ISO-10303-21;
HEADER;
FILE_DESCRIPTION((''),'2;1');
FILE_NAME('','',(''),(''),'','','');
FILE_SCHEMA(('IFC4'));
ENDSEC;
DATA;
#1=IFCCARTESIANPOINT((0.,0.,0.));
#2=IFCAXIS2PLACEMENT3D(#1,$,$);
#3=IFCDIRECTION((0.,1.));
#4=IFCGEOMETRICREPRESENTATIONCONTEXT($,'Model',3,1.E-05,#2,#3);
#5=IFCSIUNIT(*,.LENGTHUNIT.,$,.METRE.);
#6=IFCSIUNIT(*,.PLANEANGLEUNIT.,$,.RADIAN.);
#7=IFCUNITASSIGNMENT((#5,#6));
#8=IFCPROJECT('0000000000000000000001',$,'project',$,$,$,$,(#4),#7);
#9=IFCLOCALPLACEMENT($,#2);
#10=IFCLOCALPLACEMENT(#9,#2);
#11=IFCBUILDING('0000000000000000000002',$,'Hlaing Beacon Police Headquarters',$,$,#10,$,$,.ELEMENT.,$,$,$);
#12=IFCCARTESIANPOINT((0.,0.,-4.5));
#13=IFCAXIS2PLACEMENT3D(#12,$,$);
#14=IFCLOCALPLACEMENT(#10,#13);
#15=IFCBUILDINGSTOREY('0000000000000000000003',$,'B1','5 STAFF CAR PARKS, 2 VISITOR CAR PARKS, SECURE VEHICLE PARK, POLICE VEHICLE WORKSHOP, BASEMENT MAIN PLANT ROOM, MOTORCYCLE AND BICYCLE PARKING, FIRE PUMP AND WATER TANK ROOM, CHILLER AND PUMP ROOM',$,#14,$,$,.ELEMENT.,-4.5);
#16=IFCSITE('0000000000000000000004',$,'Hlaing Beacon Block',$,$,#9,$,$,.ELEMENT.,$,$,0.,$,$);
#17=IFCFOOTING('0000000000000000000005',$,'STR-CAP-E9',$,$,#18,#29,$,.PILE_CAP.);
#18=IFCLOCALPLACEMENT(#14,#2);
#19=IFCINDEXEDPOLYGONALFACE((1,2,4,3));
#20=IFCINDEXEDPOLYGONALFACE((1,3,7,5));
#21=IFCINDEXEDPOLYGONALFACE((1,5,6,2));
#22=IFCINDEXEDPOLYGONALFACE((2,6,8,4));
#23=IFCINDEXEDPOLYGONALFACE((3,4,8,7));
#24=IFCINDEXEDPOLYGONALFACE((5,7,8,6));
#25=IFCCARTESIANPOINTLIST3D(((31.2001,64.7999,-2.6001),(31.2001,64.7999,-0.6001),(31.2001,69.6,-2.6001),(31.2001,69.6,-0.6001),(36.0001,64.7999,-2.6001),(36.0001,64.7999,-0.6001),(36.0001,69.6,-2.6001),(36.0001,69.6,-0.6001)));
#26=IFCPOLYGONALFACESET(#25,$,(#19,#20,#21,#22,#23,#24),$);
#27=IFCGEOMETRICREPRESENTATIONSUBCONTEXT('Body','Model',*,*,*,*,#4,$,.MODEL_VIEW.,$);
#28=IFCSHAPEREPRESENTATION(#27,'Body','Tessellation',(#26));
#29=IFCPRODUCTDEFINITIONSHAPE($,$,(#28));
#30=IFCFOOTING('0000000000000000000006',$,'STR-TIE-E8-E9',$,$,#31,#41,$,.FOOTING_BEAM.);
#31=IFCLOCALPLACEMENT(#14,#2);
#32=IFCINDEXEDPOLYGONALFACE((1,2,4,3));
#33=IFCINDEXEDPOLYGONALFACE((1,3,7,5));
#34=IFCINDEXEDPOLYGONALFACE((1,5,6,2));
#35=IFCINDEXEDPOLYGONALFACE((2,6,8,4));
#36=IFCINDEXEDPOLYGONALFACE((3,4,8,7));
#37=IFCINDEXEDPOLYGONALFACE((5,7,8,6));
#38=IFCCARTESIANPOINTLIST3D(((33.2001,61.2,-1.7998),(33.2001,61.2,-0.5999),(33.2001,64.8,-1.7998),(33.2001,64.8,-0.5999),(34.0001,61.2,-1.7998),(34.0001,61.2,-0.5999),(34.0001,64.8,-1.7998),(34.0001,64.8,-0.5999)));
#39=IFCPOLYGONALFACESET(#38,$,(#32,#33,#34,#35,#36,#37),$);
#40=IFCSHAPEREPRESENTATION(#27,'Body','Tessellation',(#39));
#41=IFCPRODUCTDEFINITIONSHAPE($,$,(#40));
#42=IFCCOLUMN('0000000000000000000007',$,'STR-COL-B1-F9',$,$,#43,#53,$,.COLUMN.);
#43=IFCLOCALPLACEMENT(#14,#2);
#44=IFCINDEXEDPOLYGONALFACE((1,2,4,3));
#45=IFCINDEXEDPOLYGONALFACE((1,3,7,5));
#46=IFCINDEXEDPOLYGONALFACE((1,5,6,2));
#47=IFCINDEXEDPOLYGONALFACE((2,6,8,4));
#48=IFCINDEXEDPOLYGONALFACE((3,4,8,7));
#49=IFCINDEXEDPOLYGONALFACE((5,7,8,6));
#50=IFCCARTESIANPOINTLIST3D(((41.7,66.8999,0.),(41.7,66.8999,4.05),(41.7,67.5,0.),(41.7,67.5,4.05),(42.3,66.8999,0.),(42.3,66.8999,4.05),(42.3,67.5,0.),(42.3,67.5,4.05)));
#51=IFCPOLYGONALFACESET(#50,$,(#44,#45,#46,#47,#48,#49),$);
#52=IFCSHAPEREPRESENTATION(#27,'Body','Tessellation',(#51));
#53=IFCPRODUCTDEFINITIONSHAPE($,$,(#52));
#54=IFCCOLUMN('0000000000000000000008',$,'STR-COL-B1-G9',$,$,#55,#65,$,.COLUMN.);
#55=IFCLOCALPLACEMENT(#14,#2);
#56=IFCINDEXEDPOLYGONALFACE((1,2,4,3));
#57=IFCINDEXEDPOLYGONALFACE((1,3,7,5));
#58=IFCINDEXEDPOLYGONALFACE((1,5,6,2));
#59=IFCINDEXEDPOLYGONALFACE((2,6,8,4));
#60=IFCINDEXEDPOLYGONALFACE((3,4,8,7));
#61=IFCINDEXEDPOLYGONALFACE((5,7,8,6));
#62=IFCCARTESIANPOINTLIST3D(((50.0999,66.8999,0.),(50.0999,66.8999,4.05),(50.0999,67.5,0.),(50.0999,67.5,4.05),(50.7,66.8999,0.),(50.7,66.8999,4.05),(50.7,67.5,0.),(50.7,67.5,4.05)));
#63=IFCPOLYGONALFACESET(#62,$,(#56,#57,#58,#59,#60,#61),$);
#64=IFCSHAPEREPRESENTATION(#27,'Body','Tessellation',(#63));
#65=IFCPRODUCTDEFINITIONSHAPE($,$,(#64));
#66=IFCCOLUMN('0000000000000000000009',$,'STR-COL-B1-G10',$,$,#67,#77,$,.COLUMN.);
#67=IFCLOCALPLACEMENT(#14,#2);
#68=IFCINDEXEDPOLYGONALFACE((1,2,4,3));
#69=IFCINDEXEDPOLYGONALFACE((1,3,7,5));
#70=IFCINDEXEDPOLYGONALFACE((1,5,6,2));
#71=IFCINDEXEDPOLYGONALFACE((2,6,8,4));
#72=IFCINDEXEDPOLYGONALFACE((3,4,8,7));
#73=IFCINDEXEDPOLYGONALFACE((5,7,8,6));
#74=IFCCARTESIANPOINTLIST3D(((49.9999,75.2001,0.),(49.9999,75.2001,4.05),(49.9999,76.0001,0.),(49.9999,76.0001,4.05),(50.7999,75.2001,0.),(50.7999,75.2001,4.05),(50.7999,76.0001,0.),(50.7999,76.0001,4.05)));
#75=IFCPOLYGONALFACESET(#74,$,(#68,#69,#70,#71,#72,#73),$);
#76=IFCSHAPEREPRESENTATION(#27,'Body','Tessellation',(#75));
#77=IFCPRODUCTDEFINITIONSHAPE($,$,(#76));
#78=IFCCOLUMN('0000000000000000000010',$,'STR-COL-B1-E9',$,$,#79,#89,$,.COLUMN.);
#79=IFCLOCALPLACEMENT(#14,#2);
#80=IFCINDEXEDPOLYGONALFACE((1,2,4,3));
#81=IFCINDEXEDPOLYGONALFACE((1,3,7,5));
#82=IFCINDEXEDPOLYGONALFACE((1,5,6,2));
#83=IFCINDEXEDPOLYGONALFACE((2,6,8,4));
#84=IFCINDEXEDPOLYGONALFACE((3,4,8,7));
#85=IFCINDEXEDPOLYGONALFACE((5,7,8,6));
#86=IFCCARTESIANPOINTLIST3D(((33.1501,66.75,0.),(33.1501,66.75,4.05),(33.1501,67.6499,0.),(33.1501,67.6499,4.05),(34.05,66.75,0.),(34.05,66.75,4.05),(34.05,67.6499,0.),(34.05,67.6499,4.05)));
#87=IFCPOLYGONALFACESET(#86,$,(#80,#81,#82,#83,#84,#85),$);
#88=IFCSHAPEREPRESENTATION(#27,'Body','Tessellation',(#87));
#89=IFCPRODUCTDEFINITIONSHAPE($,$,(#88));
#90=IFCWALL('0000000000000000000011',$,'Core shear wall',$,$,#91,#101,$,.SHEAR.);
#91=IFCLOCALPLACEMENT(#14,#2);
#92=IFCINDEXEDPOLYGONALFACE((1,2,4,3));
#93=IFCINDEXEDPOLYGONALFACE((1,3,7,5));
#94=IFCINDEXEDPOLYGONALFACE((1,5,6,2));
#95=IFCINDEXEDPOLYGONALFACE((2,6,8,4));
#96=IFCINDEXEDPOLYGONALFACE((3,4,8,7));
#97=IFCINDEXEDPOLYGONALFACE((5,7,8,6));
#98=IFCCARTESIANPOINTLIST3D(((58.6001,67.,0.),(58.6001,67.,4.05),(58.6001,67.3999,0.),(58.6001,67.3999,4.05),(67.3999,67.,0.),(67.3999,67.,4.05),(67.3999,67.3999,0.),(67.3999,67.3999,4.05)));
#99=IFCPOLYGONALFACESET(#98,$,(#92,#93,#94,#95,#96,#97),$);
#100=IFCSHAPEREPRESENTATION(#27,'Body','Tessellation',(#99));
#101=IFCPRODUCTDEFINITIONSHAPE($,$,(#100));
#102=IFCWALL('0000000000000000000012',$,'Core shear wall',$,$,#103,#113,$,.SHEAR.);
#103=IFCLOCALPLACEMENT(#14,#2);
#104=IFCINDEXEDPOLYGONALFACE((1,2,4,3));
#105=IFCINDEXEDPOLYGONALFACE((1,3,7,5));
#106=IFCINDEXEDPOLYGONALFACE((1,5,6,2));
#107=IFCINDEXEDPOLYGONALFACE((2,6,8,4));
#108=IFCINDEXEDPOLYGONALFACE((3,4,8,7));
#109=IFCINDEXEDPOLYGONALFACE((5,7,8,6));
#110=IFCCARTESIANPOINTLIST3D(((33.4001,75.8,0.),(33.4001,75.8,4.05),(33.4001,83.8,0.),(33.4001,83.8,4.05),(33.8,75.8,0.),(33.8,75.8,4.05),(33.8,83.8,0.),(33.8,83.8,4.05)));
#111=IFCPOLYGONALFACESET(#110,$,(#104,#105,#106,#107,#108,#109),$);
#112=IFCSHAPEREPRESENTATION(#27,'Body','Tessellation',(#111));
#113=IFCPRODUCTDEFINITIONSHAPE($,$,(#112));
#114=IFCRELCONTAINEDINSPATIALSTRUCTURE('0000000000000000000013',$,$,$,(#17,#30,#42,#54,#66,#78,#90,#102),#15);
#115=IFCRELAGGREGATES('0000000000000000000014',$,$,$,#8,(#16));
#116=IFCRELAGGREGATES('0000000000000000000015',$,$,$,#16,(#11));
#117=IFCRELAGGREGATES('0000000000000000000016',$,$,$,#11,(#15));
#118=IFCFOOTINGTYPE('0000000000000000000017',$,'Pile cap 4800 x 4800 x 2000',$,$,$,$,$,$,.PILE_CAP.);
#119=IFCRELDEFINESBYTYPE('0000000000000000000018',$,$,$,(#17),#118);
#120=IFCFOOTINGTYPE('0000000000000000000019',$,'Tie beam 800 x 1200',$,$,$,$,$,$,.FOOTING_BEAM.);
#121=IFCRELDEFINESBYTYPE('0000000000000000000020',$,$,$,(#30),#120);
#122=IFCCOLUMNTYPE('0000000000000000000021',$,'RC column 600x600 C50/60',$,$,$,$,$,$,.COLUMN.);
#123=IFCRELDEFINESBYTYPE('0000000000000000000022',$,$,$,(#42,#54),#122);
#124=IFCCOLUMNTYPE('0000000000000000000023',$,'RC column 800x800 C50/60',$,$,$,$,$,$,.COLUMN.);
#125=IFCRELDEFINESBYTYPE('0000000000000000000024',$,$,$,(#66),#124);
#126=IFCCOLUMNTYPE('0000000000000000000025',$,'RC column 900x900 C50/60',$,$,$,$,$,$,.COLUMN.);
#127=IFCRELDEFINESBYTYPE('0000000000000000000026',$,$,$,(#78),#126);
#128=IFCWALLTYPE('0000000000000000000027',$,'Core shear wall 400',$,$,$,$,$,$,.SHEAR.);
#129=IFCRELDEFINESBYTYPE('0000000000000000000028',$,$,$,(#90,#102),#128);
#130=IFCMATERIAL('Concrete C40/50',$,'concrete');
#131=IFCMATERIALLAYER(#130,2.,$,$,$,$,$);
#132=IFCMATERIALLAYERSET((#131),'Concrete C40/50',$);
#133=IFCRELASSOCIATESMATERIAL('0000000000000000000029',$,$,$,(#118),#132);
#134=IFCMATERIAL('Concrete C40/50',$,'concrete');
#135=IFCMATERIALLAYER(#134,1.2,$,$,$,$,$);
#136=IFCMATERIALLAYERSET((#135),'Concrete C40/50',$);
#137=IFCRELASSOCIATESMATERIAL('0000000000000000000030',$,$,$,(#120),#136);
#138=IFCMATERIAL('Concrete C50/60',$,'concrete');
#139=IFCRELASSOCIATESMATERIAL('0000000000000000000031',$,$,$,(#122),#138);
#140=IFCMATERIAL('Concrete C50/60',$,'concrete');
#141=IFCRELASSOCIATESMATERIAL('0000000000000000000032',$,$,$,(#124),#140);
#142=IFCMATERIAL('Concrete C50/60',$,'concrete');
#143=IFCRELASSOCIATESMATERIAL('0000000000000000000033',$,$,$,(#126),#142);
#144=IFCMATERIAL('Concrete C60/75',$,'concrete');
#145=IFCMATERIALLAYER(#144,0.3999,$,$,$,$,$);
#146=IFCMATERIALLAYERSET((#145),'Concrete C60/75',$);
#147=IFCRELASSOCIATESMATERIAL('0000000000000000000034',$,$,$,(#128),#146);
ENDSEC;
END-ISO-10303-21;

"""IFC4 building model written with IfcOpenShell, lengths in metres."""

from ifc_helpers import new_model, si_unit, direction, frame, frame_2d, origin, origin_2d, place, context, subcontext, project, spatial, rectangle, extrude, material, layer, layer_set, material_profile, profile_set, type_object, element, save


model = new_model("IFC4")

# Units and contexts
model_context = context("Model", 3, precision=1e-05, world=origin(), true_north=direction((0.0, 1.0)))
body_context = subcontext(model_context, "Body", "Model", "MODEL_VIEW")
ifc_project = project(units=[si_unit("LENGTHUNIT", "METRE"), si_unit("PLANEANGLEUNIT", "RADIAN")], contexts=[model_context])

# Site, building, storey
site_placement = place(None, origin())
site = spatial("IfcSite", under=ifc_project, at=site_placement, Name="Hlaing Beacon Block", CompositionType="ELEMENT", RefElevation=0.0)
building_placement = place(site_placement, origin())
building = spatial("IfcBuilding", under=site, at=building_placement, Name="Hlaing Beacon Police Headquarters", CompositionType="ELEMENT")
storey_placement = place(building_placement, frame((0.0, 0.0, -4.5)))
storey = spatial("IfcBuildingStorey", under=building, at=storey_placement, Name="B1", Description="5 STAFF CAR PARKS, 2 VISITOR CAR PARKS, SECURE VEHICLE PARK, POLICE VEHICLE WORKSHOP, BASEMENT MAIN PLANT ROOM, MOTORCYCLE AND BICYCLE PARKING, FIRE PUMP AND WATER TANK ROOM, CHILLER AND PUMP ROOM", CompositionType="ELEMENT", Elevation=-4.5)

# Footings
ifc_material_1 = material(Name="Concrete C40/50", Category="concrete")
ifc_layer_1 = layer(ifc_material_1, 2.0)
ifc_layer_set_1 = layer_set([ifc_layer_1], Name="Concrete C40/50")
footing_type_1 = type_object("IfcFootingType", Name="Pile cap 4800 x 4800 x 2000", PredefinedType="PILE_CAP", material=ifc_layer_set_1)
footing_1_placement = place(storey_placement, frame((33.6001, 67.2, -2.6001), z_axis=(0.0, 0.0, 1.0), x_axis=(1.0, 0.0, 0.0)))
element("IfcFooting", 1, at=footing_1_placement, inside=storey, type_object=footing_type_1, Name="STR-CAP-E9", PredefinedType="PILE_CAP", context=body_context, shape_type="SweptSolid", body=[
    extrude(rectangle(XDim=4.8, YDim=4.8, at=origin_2d()), origin(), (0.0, 0.0, 1.0), 2.0),
])
ifc_material_2 = material(Name="Concrete C40/50", Category="concrete")
ifc_layer_2 = layer(ifc_material_2, 1.2)
ifc_layer_set_2 = layer_set([ifc_layer_2], Name="Concrete C40/50")
footing_type_2 = type_object("IfcFootingType", Name="Tie beam 800 x 1200", PredefinedType="FOOTING_BEAM", material=ifc_layer_set_2)
footing_2_placement = place(storey_placement, frame((33.6001, 63.0, -1.7998), z_axis=(0.0, 0.0, 1.0), x_axis=(1.0, 0.0, 0.0)))
element("IfcFooting", 2, at=footing_2_placement, inside=storey, type_object=footing_type_2, Name="STR-TIE-E8-E9", PredefinedType="FOOTING_BEAM", context=body_context, shape_type="SweptSolid", body=[
    extrude(rectangle(XDim=0.8, YDim=3.6001, at=origin_2d()), origin(), (0.0, 0.0, 1.0), 1.2),
])

# Columns
ifc_material_3 = material(Name="Concrete C50/60", Category="concrete")
ifc_material_profile_1 = material_profile(ifc_material_3, rectangle(XDim=0.6001, YDim=0.6001, at=origin_2d()), Name="600x600")
ifc_profile_set_1 = profile_set([ifc_material_profile_1], Name="Concrete C50/60")
column_type_1 = type_object("IfcColumnType", Name="RC column 600x600 C50/60", PredefinedType="COLUMN", material=ifc_profile_set_1)
for number, where, z_axis, x_axis, name in (
    (3, (42.0, 67.2, 0.0), (0.0, 0.0, 1.0), (1.0, 0.0, 0.0), "STR-COL-B1-F9"),
    (4, (50.3999, 67.2, 0.0), (0.0, 0.0, 1.0), (1.0, 0.0, 0.0), "STR-COL-B1-G9"),
):
    element("IfcColumn", number, at=place(storey_placement, frame(where, z_axis=z_axis, x_axis=x_axis)), inside=storey, type_object=column_type_1, Name=name, PredefinedType="COLUMN", context=body_context, shape_type="SweptSolid", body=[
        extrude(rectangle(XDim=0.6001, YDim=0.6001, at=origin_2d()), origin(), (0.0, 0.0, 1.0), 4.05),
    ])
ifc_material_4 = material(Name="Concrete C50/60", Category="concrete")
ifc_material_profile_2 = material_profile(ifc_material_4, rectangle(XDim=0.8, YDim=0.8, at=origin_2d()), Name="800x800")
ifc_profile_set_2 = profile_set([ifc_material_profile_2], Name="Concrete C50/60")
column_type_2 = type_object("IfcColumnType", Name="RC column 800x800 C50/60", PredefinedType="COLUMN", material=ifc_profile_set_2)
column_1_placement = place(storey_placement, frame((50.3999, 75.6001, 0.0), z_axis=(0.0, 0.0, 1.0), x_axis=(1.0, 0.0, 0.0)))
element("IfcColumn", 5, at=column_1_placement, inside=storey, type_object=column_type_2, Name="STR-COL-B1-G10", PredefinedType="COLUMN", context=body_context, shape_type="SweptSolid", body=[
    extrude(rectangle(XDim=0.8, YDim=0.8, at=origin_2d()), origin(), (0.0, 0.0, 1.0), 4.05),
])
ifc_material_5 = material(Name="Concrete C50/60", Category="concrete")
ifc_material_profile_3 = material_profile(ifc_material_5, rectangle(XDim=0.8999, YDim=0.8999, at=origin_2d()), Name="900x900")
ifc_profile_set_3 = profile_set([ifc_material_profile_3], Name="Concrete C50/60")
column_type_3 = type_object("IfcColumnType", Name="RC column 900x900 C50/60", PredefinedType="COLUMN", material=ifc_profile_set_3)
column_2_placement = place(storey_placement, frame((33.6001, 67.2, 0.0), z_axis=(0.0, 0.0, 1.0), x_axis=(1.0, 0.0, 0.0)))
element("IfcColumn", 6, at=column_2_placement, inside=storey, type_object=column_type_3, Name="STR-COL-B1-E9", PredefinedType="COLUMN", context=body_context, shape_type="SweptSolid", body=[
    extrude(rectangle(XDim=0.8999, YDim=0.8999, at=origin_2d()), origin(), (0.0, 0.0, 1.0), 4.05),
])

# Walls
ifc_material_6 = material(Name="Concrete C60/75", Category="concrete")
ifc_layer_3 = layer(ifc_material_6, 0.3999)
ifc_layer_set_3 = layer_set([ifc_layer_3], Name="Concrete C60/75")
wall_type = type_object("IfcWallType", Name="Core shear wall 400", PredefinedType="SHEAR", material=ifc_layer_set_3)
wall_1_placement = place(storey_placement, frame((58.6001, 67.2, 0.0), z_axis=(0.0, 0.0, 1.0), x_axis=(1.0, 0.0, 0.0)))
element("IfcWall", 7, at=wall_1_placement, inside=storey, type_object=wall_type, Name="Core shear wall", PredefinedType="SHEAR", context=body_context, shape_type="SweptSolid", body=[
    extrude(rectangle(XDim=8.7998, YDim=0.3999, at=frame_2d((4.3999, 0.0))), origin(), (0.0, 0.0, 1.0), 4.05),
])
wall_2_placement = place(storey_placement, frame((33.6001, 75.8, 0.0), z_axis=(0.0, 0.0, 1.0), x_axis=(0.0, 1.0, 0.0)))
element("IfcWall", 8, at=wall_2_placement, inside=storey, type_object=wall_type, Name="Core shear wall", PredefinedType="SHEAR", context=body_context, shape_type="SweptSolid", body=[
    extrude(rectangle(XDim=8.0, YDim=0.3999, at=frame_2d((4.0, 0.0))), origin(), (0.0, 0.0, 1.0), 4.05),
])

save(model, "model.ifc")
